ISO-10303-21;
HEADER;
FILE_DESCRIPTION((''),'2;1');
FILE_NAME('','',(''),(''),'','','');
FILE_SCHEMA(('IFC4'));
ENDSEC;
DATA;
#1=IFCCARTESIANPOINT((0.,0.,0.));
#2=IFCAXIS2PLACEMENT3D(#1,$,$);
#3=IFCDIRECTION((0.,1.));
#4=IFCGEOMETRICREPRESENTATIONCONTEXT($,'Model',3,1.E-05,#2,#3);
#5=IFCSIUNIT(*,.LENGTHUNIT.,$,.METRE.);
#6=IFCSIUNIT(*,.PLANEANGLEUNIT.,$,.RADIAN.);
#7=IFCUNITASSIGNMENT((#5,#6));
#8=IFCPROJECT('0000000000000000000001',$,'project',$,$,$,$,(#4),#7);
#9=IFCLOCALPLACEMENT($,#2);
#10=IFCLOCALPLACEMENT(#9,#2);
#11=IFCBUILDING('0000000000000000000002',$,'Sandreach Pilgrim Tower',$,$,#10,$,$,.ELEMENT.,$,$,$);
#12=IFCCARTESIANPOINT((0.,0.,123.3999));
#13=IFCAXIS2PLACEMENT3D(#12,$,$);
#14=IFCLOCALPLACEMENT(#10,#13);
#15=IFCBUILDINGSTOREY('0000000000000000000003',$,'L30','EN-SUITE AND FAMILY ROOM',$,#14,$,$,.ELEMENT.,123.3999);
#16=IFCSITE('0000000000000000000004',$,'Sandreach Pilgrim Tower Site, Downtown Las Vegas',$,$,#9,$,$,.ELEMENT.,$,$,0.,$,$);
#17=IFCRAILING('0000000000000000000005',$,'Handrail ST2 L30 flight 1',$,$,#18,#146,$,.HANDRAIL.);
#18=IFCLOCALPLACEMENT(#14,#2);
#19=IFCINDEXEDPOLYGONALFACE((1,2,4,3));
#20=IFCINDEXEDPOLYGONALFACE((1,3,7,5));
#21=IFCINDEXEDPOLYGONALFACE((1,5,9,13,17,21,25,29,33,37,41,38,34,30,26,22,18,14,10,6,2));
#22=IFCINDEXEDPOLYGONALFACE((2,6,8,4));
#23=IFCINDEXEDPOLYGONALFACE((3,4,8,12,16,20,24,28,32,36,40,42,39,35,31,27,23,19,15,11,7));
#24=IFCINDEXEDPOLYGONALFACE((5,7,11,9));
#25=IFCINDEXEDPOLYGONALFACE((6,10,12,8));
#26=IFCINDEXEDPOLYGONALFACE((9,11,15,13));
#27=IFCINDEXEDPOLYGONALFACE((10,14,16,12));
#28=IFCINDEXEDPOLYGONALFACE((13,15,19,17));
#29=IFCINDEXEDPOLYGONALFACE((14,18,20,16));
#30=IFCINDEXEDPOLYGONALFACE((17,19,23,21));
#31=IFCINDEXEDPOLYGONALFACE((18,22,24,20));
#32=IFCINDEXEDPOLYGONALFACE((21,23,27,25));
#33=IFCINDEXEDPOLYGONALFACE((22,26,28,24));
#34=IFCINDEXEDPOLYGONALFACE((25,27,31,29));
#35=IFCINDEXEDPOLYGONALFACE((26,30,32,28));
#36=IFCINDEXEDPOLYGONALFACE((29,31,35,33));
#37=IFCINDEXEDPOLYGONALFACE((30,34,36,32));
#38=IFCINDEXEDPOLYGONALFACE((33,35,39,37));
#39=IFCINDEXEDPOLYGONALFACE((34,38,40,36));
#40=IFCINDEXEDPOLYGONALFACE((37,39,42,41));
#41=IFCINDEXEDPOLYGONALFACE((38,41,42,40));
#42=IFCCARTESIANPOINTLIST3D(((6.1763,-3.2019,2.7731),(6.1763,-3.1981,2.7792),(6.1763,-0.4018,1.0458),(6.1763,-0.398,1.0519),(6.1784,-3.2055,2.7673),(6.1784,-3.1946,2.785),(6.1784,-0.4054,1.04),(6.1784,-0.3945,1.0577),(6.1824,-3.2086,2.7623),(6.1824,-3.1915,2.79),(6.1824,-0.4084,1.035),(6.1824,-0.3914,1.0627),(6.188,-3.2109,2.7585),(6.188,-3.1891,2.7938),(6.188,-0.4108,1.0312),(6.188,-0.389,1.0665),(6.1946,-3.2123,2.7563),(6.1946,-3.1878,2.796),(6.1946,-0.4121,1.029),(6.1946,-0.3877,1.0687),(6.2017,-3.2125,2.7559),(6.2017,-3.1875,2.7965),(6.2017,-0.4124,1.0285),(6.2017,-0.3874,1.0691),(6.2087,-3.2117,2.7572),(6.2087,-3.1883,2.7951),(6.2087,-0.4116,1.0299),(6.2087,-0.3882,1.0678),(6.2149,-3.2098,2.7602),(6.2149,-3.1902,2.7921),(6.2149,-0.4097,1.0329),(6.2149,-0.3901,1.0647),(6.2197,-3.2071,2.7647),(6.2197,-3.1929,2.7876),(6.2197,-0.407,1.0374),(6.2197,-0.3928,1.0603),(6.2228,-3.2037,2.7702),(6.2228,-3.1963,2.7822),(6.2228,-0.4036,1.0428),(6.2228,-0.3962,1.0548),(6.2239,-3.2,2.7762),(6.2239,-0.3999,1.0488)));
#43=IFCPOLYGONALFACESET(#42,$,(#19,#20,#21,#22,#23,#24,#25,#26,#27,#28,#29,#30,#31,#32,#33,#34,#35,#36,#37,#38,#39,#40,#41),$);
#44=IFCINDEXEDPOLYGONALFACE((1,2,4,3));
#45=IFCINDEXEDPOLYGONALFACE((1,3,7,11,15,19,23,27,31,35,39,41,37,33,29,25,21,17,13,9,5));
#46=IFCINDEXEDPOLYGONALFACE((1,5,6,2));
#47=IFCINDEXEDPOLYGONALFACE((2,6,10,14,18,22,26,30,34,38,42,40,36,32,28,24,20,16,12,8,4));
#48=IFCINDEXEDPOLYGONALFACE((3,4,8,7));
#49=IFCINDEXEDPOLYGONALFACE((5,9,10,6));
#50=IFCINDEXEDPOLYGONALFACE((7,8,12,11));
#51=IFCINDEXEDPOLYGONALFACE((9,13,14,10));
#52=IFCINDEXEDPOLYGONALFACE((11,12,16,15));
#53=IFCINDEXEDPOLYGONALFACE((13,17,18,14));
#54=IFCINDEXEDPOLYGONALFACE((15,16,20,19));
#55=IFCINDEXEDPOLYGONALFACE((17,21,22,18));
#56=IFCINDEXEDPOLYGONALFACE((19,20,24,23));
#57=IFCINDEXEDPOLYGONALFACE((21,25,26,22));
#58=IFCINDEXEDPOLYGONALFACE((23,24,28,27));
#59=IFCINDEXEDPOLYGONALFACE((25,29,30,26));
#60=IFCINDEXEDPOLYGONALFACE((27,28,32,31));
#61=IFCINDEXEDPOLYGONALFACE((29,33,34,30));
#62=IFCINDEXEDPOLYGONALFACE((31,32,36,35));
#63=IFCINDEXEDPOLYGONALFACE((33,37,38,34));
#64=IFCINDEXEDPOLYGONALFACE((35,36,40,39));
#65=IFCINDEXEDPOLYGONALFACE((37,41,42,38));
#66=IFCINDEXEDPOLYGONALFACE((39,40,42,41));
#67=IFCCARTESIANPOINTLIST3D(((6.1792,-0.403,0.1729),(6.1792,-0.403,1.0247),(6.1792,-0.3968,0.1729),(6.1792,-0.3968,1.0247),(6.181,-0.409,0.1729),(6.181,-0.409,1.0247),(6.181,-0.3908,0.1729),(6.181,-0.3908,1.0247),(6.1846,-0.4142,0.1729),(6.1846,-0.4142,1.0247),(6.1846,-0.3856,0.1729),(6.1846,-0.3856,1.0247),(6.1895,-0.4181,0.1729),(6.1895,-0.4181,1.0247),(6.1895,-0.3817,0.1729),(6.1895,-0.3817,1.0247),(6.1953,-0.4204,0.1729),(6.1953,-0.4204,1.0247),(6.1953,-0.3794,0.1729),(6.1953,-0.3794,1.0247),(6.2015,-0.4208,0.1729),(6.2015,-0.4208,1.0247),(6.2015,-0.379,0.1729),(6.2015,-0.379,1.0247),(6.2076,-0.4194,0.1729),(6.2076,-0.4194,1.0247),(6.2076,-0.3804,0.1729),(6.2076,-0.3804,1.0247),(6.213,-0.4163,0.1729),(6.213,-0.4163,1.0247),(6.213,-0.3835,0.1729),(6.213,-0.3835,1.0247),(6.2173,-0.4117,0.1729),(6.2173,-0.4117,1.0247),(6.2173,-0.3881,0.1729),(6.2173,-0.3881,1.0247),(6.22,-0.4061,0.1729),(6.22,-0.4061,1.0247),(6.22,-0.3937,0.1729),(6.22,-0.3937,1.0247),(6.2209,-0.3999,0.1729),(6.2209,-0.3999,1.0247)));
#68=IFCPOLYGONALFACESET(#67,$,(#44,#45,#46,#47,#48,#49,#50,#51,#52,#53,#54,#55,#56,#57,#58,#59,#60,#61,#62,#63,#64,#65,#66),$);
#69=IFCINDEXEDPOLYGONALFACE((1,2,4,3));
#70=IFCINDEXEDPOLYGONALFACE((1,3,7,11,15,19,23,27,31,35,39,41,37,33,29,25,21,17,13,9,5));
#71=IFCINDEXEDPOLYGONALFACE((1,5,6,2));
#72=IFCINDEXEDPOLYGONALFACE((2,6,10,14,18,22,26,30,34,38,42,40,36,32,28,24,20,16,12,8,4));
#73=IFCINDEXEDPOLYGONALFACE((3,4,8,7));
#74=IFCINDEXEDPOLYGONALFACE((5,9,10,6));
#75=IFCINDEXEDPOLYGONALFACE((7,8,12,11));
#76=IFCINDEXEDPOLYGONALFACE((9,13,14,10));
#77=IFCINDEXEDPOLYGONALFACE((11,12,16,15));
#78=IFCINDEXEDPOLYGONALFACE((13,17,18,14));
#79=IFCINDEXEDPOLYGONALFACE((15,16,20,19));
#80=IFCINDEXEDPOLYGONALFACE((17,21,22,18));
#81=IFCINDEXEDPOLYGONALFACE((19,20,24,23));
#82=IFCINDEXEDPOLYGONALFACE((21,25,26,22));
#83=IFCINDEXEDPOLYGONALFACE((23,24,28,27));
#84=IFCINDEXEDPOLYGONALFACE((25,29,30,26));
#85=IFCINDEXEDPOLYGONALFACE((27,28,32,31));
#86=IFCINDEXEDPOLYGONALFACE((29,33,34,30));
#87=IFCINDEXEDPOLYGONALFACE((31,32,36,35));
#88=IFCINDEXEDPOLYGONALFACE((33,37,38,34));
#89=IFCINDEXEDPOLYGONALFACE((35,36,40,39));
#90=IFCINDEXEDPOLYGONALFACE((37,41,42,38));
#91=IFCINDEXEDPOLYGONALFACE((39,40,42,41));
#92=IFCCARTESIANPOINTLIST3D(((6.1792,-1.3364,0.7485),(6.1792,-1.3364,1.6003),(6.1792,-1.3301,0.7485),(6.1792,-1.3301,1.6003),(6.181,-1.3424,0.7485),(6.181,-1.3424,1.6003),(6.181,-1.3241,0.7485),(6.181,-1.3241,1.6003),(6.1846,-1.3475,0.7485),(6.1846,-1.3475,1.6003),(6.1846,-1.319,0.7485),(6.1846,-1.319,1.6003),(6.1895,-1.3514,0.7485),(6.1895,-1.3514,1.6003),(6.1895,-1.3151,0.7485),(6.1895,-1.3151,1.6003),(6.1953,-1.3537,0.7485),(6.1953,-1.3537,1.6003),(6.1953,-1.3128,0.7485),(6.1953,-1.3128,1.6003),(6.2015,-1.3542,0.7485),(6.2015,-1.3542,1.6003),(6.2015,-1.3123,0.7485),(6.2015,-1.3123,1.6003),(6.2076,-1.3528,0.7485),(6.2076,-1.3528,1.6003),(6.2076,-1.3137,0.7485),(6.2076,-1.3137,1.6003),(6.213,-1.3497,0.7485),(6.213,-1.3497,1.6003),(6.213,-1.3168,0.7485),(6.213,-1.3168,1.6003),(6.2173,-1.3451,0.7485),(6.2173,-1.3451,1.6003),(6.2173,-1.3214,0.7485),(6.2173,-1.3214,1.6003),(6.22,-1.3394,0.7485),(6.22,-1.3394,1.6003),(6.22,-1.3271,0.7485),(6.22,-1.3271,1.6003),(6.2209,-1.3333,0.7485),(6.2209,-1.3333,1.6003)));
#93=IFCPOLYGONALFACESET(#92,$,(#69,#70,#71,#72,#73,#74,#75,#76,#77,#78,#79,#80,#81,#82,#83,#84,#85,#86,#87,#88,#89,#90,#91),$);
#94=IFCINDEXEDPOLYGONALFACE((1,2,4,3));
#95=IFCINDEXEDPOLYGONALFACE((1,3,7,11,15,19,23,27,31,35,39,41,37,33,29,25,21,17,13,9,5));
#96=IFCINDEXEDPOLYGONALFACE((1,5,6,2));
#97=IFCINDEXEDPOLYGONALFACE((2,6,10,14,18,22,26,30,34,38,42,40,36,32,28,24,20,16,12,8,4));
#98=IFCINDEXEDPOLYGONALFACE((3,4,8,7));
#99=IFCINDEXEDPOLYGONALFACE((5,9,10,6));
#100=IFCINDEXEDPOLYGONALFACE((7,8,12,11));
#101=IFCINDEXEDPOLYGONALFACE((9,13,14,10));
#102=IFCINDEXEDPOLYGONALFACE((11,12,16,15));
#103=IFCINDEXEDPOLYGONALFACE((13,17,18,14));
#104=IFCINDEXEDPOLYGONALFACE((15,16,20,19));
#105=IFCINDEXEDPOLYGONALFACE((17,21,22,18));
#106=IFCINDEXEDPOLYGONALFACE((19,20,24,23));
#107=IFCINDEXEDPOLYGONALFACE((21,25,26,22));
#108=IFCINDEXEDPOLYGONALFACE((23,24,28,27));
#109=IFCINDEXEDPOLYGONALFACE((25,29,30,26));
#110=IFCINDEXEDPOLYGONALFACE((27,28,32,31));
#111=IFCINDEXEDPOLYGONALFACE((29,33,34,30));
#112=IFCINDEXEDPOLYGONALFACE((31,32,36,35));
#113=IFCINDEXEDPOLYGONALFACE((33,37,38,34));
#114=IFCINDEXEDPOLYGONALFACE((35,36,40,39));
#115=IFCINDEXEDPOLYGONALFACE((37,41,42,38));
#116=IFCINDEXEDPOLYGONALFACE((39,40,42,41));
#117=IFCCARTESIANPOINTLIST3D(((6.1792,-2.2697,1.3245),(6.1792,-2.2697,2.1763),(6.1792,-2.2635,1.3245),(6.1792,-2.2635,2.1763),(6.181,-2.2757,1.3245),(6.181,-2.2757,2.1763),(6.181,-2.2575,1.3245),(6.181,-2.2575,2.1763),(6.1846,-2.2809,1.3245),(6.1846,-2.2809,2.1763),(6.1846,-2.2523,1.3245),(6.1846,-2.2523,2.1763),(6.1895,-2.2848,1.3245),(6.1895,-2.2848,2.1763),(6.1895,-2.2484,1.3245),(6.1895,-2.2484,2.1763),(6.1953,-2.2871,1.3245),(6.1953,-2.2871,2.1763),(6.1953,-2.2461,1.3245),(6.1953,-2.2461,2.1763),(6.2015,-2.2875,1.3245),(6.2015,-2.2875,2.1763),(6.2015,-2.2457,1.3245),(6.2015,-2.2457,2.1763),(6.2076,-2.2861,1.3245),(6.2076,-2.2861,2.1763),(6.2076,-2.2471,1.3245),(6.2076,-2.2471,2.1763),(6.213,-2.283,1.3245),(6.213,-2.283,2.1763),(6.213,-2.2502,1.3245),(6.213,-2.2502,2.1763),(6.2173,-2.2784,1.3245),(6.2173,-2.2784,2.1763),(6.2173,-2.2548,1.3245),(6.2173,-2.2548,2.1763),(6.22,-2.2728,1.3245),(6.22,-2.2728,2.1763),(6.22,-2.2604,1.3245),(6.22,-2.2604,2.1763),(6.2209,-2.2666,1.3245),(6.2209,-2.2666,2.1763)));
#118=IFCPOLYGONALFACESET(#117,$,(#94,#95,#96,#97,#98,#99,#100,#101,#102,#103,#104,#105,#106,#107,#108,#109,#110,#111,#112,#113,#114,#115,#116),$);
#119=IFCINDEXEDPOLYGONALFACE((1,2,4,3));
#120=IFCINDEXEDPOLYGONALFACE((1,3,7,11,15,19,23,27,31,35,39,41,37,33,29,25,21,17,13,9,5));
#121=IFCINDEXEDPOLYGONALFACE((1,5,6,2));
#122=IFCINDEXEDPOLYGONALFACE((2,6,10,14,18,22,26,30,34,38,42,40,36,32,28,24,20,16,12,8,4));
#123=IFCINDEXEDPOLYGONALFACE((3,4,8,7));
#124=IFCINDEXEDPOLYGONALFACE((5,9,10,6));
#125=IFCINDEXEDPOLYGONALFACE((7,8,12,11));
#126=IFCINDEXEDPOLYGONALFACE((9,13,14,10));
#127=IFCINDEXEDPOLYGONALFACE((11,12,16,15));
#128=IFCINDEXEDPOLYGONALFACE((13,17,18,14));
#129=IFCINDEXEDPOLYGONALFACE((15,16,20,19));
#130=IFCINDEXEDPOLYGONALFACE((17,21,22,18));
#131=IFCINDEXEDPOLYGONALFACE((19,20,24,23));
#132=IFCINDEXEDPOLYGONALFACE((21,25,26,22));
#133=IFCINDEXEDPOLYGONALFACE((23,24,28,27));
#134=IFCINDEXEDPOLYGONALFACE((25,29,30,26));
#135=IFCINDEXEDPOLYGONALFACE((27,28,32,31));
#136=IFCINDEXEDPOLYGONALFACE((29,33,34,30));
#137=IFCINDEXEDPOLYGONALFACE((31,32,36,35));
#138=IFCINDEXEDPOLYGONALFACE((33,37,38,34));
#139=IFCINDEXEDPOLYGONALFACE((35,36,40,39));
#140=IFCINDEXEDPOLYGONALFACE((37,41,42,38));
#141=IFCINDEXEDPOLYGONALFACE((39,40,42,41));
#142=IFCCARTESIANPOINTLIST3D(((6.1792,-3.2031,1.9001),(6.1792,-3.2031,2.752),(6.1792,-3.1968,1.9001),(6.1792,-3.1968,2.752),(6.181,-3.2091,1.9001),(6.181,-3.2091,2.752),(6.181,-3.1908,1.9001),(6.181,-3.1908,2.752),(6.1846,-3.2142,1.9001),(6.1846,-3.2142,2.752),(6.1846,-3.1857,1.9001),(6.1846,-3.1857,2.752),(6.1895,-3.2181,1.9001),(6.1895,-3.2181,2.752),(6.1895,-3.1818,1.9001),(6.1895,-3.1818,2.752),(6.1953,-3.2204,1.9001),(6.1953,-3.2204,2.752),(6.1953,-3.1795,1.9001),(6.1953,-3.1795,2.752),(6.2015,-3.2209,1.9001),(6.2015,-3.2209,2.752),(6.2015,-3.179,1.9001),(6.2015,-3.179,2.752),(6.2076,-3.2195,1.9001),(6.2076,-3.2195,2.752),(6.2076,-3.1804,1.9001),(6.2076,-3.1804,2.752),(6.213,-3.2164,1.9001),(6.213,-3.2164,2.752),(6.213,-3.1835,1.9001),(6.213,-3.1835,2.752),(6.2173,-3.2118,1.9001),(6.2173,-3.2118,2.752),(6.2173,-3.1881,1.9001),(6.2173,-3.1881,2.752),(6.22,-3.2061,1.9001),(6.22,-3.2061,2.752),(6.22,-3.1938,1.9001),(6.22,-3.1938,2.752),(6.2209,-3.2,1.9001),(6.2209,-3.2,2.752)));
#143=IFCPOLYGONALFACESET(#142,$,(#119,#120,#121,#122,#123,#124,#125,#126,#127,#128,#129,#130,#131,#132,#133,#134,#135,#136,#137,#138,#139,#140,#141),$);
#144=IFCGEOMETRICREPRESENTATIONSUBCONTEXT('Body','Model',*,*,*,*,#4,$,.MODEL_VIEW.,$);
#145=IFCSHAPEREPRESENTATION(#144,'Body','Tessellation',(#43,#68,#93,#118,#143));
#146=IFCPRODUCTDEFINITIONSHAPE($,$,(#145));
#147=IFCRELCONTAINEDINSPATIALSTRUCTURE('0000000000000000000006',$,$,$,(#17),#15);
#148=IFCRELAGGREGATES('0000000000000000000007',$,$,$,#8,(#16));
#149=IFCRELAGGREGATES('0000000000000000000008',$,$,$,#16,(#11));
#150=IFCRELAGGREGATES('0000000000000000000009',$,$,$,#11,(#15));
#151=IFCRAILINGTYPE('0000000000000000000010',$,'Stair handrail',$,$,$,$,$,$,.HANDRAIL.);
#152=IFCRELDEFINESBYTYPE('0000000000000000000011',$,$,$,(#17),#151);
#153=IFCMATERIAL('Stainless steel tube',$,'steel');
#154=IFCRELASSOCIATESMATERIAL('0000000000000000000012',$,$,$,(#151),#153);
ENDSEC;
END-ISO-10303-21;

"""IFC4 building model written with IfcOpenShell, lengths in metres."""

from ifc_helpers import new_model, si_unit, direction, frame, origin, origin_2d, place, context, subcontext, project, spatial, circle, extrude, material, type_object, element, save


model = new_model("IFC4")

# Units and contexts
model_context = context("Model", 3, precision=1e-05, world=origin(), true_north=direction((0.0, 1.0)))
body_context = subcontext(model_context, "Body", "Model", "MODEL_VIEW")
ifc_project = project(units=[si_unit("LENGTHUNIT", "METRE"), si_unit("PLANEANGLEUNIT", "RADIAN")], contexts=[model_context])

# Site, building, storey
site_placement = place(None, origin())
site = spatial("IfcSite", under=ifc_project, at=site_placement, Name="Sandreach Pilgrim Tower Site, Downtown Las Vegas", CompositionType="ELEMENT", RefElevation=0.0)
building_placement = place(site_placement, origin())
building = spatial("IfcBuilding", under=site, at=building_placement, Name="Sandreach Pilgrim Tower", CompositionType="ELEMENT")
storey_placement = place(building_placement, frame((0.0, 0.0, 123.3999)))
storey = spatial("IfcBuildingStorey", under=building, at=storey_placement, Name="L30", Description="EN-SUITE AND FAMILY ROOM", CompositionType="ELEMENT", Elevation=123.3999)

# Railing
ifc_material_1 = material(Name="Stainless steel tube", Category="steel")
railing_type = type_object("IfcRailingType", Name="Stair handrail", PredefinedType="HANDRAIL", material=ifc_material_1)
for number, where, name in (
    (1, (6.2, -0.3999, 0.1729), "Handrail ST2 L30 flight 1"),
):
    element("IfcRailing", number, at=place(storey_placement, frame(where)), inside=storey, type_object=railing_type, Name=name, PredefinedType="HANDRAIL", context=body_context, shape_type="SweptSolid", body=[
        extrude(circle(Radius=0.0239, at=origin_2d()), frame((0.0, 0.0, 0.876), z_axis=(0.0, -0.85109, 0.52502), x_axis=(1.0, 0.0, 0.0)), (0.0, 0.0, 1.0), 3.29),
        extrude(circle(Radius=0.021, at=origin_2d()), origin(), (0.0, 0.0, 1.0), 0.8518),
        extrude(circle(Radius=0.021, at=origin_2d()), frame((0.0, -0.9333, 0.5757)), (0.0, 0.0, 1.0), 0.8518),
        extrude(circle(Radius=0.021, at=origin_2d()), frame((0.0, -1.8667, 1.1516)), (0.0, 0.0, 1.0), 0.8518),
        extrude(circle(Radius=0.021, at=origin_2d()), frame((0.0, -2.8, 1.7273)), (0.0, 0.0, 1.0), 0.8518),
    ])

save(model, "model.ifc")
